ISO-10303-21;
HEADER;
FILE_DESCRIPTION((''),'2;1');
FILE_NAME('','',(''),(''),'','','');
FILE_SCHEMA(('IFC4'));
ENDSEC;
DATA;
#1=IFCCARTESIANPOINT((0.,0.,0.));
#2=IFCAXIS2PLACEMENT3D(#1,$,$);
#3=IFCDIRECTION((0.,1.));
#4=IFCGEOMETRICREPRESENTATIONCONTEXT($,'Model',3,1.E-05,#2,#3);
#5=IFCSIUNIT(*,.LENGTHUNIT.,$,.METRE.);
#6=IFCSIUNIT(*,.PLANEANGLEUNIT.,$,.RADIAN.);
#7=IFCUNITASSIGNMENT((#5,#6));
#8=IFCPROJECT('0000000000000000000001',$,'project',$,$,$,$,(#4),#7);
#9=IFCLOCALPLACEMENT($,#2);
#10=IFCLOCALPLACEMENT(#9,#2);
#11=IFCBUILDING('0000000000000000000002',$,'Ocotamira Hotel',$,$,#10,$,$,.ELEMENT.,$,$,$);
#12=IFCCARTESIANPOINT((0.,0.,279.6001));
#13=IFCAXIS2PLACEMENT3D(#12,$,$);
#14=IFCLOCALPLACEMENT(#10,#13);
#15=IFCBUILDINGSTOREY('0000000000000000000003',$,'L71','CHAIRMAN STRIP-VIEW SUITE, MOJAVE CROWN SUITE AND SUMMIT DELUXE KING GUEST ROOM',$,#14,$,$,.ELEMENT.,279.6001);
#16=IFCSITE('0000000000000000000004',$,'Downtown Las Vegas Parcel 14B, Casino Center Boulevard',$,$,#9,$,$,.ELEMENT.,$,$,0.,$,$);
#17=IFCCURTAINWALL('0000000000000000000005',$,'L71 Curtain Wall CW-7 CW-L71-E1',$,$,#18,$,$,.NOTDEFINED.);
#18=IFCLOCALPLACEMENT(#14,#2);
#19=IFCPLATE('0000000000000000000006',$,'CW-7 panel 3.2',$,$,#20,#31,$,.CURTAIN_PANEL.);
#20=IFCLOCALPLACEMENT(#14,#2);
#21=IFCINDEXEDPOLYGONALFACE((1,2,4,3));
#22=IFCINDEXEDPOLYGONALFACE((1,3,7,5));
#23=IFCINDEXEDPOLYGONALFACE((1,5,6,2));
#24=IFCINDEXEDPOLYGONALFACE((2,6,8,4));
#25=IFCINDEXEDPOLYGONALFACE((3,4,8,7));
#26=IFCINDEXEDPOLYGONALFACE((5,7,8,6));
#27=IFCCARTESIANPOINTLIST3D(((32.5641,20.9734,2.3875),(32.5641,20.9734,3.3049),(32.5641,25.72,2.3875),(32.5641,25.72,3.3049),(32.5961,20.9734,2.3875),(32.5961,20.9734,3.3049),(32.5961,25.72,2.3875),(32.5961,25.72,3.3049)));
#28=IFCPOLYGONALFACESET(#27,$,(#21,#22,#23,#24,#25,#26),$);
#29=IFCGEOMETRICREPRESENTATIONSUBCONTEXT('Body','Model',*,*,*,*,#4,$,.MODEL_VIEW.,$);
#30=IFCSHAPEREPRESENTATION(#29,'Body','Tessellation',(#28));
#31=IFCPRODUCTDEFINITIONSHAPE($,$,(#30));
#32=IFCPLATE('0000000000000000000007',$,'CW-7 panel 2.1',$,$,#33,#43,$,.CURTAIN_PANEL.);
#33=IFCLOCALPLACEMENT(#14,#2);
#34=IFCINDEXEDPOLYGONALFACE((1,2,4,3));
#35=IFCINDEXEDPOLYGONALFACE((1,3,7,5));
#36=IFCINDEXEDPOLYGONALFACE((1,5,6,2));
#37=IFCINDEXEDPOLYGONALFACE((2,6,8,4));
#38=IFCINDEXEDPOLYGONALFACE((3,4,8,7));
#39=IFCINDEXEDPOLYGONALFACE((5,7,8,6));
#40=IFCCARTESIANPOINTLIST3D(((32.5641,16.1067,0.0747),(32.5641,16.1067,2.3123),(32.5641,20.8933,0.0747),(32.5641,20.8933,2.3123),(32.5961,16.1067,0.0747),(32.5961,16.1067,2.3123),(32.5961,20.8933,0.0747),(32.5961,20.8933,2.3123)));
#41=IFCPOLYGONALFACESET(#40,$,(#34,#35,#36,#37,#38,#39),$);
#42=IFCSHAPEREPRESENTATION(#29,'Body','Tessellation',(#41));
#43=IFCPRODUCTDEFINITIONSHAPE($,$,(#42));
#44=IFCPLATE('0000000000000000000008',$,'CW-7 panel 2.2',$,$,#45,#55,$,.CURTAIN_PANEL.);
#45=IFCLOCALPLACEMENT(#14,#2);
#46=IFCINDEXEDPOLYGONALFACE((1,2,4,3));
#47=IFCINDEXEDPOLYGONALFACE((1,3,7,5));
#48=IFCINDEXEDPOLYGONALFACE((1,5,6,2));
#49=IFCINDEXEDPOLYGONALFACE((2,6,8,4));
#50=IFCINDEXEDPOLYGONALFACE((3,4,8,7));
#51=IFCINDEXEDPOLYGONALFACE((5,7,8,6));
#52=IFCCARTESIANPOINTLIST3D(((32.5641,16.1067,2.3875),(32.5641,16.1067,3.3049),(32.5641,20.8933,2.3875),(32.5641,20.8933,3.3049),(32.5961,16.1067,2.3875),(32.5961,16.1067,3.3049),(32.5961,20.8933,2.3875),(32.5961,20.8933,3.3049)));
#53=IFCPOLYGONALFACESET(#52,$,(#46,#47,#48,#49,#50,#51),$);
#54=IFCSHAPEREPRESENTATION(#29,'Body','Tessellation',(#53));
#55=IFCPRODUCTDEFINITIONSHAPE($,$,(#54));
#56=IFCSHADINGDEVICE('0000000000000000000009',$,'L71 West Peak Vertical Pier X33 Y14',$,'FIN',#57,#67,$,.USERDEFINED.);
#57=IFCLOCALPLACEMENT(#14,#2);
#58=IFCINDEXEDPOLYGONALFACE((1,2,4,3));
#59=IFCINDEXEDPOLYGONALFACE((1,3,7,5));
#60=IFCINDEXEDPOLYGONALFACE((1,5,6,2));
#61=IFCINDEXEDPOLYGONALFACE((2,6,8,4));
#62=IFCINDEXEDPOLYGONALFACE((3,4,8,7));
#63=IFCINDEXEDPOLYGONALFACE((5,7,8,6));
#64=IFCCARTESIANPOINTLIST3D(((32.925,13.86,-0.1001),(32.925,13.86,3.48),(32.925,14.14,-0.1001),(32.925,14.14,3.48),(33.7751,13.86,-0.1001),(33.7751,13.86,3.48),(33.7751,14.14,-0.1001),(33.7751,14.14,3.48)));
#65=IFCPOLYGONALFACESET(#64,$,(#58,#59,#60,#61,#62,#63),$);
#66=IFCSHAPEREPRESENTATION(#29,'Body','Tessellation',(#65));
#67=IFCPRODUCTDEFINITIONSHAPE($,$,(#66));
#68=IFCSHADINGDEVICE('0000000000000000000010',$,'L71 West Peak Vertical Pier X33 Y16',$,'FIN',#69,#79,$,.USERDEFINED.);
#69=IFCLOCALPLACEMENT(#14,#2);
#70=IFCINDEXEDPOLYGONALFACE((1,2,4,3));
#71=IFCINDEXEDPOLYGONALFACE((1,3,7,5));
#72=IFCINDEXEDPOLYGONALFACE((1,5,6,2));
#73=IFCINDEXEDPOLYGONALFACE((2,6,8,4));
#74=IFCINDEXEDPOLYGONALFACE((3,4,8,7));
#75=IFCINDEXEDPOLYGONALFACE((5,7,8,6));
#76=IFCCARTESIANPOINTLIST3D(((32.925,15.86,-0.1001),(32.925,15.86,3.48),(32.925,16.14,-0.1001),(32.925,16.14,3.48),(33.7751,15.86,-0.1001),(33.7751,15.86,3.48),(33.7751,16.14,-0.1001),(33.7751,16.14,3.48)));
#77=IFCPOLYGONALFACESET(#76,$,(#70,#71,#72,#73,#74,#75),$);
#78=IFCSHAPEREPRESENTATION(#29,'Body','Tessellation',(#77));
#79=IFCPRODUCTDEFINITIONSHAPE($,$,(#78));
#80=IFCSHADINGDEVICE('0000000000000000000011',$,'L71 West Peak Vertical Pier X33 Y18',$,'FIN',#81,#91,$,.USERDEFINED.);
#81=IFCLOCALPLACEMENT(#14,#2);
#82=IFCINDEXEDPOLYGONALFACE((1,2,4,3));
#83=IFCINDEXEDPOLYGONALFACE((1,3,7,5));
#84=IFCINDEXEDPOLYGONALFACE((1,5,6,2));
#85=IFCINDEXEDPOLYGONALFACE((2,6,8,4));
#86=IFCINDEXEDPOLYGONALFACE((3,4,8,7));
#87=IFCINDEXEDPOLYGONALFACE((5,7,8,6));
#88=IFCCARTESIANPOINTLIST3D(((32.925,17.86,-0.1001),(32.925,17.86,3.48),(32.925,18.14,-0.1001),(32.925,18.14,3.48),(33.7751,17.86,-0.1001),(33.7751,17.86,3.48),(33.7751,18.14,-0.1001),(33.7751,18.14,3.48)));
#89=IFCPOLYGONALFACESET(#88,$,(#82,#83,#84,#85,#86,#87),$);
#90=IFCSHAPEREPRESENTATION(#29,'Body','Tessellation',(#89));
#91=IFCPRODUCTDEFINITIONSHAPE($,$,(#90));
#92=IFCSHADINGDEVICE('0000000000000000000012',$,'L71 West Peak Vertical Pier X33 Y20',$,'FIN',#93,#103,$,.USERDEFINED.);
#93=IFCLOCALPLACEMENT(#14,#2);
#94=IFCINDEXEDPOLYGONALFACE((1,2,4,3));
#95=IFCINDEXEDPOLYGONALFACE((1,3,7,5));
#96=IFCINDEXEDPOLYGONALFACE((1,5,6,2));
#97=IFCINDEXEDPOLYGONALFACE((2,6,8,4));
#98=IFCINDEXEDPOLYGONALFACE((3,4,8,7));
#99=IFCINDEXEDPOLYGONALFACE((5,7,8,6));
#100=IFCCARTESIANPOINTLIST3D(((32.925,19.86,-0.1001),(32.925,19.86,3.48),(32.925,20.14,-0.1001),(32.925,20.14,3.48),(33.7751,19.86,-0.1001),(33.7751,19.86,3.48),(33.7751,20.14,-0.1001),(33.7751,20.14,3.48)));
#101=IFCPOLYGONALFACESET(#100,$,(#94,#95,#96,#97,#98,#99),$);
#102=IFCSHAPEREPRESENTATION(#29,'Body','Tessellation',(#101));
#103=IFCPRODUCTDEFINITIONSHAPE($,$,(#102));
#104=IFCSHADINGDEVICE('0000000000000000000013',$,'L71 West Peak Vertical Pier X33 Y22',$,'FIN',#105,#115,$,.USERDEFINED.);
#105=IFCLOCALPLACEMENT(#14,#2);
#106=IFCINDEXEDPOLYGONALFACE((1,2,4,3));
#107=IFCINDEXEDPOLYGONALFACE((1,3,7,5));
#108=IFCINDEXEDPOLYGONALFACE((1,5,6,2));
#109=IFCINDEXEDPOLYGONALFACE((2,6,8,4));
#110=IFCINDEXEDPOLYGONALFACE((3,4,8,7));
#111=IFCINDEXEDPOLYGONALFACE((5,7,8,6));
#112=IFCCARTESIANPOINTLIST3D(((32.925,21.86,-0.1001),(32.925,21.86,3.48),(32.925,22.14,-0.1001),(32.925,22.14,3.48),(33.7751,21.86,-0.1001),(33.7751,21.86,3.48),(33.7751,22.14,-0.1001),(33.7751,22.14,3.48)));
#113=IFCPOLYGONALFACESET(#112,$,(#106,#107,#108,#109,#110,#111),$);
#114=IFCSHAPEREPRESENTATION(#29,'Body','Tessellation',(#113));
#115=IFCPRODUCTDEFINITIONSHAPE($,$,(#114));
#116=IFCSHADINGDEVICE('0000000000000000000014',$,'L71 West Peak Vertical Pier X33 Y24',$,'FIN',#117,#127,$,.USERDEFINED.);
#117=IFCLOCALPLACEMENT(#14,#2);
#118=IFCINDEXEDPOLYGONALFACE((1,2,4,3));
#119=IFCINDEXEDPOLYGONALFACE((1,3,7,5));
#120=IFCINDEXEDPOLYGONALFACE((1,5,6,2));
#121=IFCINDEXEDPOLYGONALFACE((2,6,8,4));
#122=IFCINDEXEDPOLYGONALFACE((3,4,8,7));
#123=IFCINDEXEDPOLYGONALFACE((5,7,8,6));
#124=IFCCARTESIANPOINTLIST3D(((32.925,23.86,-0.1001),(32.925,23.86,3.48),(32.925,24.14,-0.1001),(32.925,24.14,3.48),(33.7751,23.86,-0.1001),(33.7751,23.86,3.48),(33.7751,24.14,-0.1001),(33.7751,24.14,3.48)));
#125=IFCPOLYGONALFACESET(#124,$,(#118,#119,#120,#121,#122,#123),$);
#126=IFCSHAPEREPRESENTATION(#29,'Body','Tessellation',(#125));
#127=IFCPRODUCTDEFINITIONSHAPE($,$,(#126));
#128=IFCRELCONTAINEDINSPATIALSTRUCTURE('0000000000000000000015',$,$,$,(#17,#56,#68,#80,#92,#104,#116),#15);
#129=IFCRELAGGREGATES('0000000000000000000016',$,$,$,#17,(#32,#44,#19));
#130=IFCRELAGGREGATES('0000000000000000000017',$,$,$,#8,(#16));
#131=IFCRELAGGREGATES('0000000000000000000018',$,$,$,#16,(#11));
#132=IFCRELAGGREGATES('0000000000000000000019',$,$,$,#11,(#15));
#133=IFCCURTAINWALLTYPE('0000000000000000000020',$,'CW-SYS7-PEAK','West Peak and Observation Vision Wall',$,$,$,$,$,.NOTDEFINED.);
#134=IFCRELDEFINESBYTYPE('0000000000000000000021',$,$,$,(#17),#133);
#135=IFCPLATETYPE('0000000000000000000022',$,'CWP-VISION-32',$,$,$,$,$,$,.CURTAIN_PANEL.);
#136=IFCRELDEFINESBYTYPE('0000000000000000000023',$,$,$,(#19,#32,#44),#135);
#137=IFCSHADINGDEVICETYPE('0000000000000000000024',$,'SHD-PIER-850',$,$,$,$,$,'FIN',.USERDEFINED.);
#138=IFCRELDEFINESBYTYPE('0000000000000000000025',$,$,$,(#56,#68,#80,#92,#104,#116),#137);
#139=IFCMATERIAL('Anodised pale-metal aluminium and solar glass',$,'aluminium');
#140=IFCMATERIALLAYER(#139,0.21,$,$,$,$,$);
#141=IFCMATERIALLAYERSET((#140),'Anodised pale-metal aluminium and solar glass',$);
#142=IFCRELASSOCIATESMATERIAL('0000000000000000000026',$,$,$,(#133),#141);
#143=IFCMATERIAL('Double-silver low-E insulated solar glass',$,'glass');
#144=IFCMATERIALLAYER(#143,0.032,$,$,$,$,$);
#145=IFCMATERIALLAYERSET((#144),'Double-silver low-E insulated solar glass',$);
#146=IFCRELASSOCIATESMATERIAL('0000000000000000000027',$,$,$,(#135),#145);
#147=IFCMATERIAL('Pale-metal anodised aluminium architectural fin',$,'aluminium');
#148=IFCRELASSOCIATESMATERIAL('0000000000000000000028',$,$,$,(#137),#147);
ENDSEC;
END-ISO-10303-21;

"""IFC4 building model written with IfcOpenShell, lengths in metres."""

from ifc_helpers import new_model, si_unit, direction, frame, origin, origin_2d, place, context, subcontext, project, spatial, rectangle, extrude, source, transform, mapped, material, layer, layer_set, type_object, element, aggregate, save


model = new_model("IFC4")

# Units and contexts
model_context = context("Model", 3, precision=1e-05, world=origin(), true_north=direction((0.0, 1.0)))
body_context = subcontext(model_context, "Body", "Model", "MODEL_VIEW")
ifc_project = project(units=[si_unit("LENGTHUNIT", "METRE"), si_unit("PLANEANGLEUNIT", "RADIAN")], contexts=[model_context])

# Site, building, storey
site_placement = place(None, origin())
site = spatial("IfcSite", under=ifc_project, at=site_placement, Name="Downtown Las Vegas Parcel 14B, Casino Center Boulevard", CompositionType="ELEMENT", RefElevation=0.0)
building_placement = place(site_placement, origin())
building = spatial("IfcBuilding", under=site, at=building_placement, Name="Ocotamira Hotel", CompositionType="ELEMENT")
storey_placement = place(building_placement, frame((0.0, 0.0, 279.6001)))
storey = spatial("IfcBuildingStorey", under=building, at=storey_placement, Name="L71", Description="CHAIRMAN STRIP-VIEW SUITE, MOJAVE CROWN SUITE AND SUMMIT DELUXE KING GUEST ROOM", CompositionType="ELEMENT", Elevation=279.6001)

# Curtain wall, plates
ifc_material_1 = material(Name="Anodised pale-metal aluminium and solar glass", Category="aluminium")
ifc_layer_1 = layer(ifc_material_1, 0.21)
ifc_layer_set_1 = layer_set([ifc_layer_1], Name="Anodised pale-metal aluminium and solar glass")
curtain_wall_type = type_object("IfcCurtainWallType", Name="CW-SYS7-PEAK", Description="West Peak and Observation Vision Wall", PredefinedType="NOTDEFINED", material=ifc_layer_set_1)
curtain_wall_placement = place(storey_placement, origin())
curtain_wall = element("IfcCurtainWall", 1, at=curtain_wall_placement, inside=storey, type_object=curtain_wall_type, Name="L71 Curtain Wall CW-7 CW-L71-E1", PredefinedType="NOTDEFINED")
ifc_material_2 = material(Name="Double-silver low-E insulated solar glass", Category="glass")
ifc_layer_2 = layer(ifc_material_2, 0.032)
ifc_layer_set_2 = layer_set([ifc_layer_2], Name="Double-silver low-E insulated solar glass")
plate_type = type_object("IfcPlateType", Name="CWP-VISION-32", PredefinedType="CURTAIN_PANEL", material=ifc_layer_set_2)
shared_shape_1 = source(origin(), body_context, "Body", "SweptSolid", [
    extrude(rectangle(XDim=4.7466, YDim=0.032, at=origin_2d()), origin(), (0.0, 0.0, 1.0), 0.9175),
])
plate_1_placement = place(storey_placement, frame((32.5801, 23.3467, 2.3875), z_axis=(0.0, 0.0, 1.0), x_axis=(0.0, 1.0, 0.0)))
plate_1 = element("IfcPlate", 2, at=plate_1_placement, type_object=plate_type, Name="CW-7 panel 3.2", PredefinedType="CURTAIN_PANEL", context=body_context, shape_type="MappedRepresentation", body=[
    mapped(shared_shape_1, transform((0.0, 0.0, 0.0), scale=1.0)),
])
shared_shape_2 = source(origin(), body_context, "Body", "SweptSolid", [
    extrude(rectangle(XDim=4.7866, YDim=0.032, at=origin_2d()), origin(), (0.0, 0.0, 1.0), 2.2375),
])
plate_2_placement = place(storey_placement, frame((32.5801, 18.5, 0.0747), z_axis=(0.0, 0.0, 1.0), x_axis=(0.0, 1.0, 0.0)))
plate_2 = element("IfcPlate", 3, at=plate_2_placement, type_object=plate_type, Name="CW-7 panel 2.1", PredefinedType="CURTAIN_PANEL", context=body_context, shape_type="MappedRepresentation", body=[
    mapped(shared_shape_2, transform((0.0, 0.0, 0.0), scale=1.0)),
])
shared_shape_3 = source(origin(), body_context, "Body", "SweptSolid", [
    extrude(rectangle(XDim=4.7866, YDim=0.032, at=origin_2d()), origin(), (0.0, 0.0, 1.0), 0.9175),
])
plate_3_placement = place(storey_placement, frame((32.5801, 18.5, 2.3875), z_axis=(0.0, 0.0, 1.0), x_axis=(0.0, 1.0, 0.0)))
plate_3 = element("IfcPlate", 4, at=plate_3_placement, type_object=plate_type, Name="CW-7 panel 2.2", PredefinedType="CURTAIN_PANEL", context=body_context, shape_type="MappedRepresentation", body=[
    mapped(shared_shape_3, transform((0.0, 0.0, 0.0), scale=1.0)),
])
aggregate(curtain_wall, [plate_2, plate_3, plate_1])

# Shading devices
ifc_material_3 = material(Name="Pale-metal anodised aluminium architectural fin", Category="aluminium")
shading_device_type = type_object("IfcShadingDeviceType", Name="SHD-PIER-850", ElementType="FIN", PredefinedType="USERDEFINED", material=ifc_material_3)
shared_shape_4 = source(origin(), body_context, "Body", "SweptSolid", [
    extrude(rectangle(XDim=0.8501, YDim=0.28, at=origin_2d()), origin(), (0.0, 0.0, 1.0), 3.5801),
])
for number, where, z_axis, x_axis, name in (
    (5, (33.3501, 14.0, -0.1001), (0.0, 0.0, 1.0), (1.0, 0.0, 0.0), "L71 West Peak Vertical Pier X33 Y14"),
    (6, (33.3501, 16.0, -0.1001), (0.0, 0.0, 1.0), (1.0, 0.0, 0.0), "L71 West Peak Vertical Pier X33 Y16"),
    (7, (33.3501, 18.0, -0.1001), (0.0, 0.0, 1.0), (1.0, 0.0, 0.0), "L71 West Peak Vertical Pier X33 Y18"),
    (8, (33.3501, 20.0, -0.1001), (0.0, 0.0, 1.0), (1.0, 0.0, 0.0), "L71 West Peak Vertical Pier X33 Y20"),
    (9, (33.3501, 22.0, -0.1001), (0.0, 0.0, 1.0), (1.0, 0.0, 0.0), "L71 West Peak Vertical Pier X33 Y22"),
    (10, (33.3501, 24.0, -0.1001), (0.0, 0.0, 1.0), (1.0, 0.0, 0.0), "L71 West Peak Vertical Pier X33 Y24"),
):
    element("IfcShadingDevice", number, at=place(storey_placement, frame(where, z_axis=z_axis, x_axis=x_axis)), inside=storey, type_object=shading_device_type, Name=name, ObjectType="FIN", PredefinedType="USERDEFINED", context=body_context, shape_type="MappedRepresentation", body=[
        mapped(shared_shape_4, transform((0.0, 0.0, 0.0), scale=1.0)),
    ])

save(model, "model.ifc")
